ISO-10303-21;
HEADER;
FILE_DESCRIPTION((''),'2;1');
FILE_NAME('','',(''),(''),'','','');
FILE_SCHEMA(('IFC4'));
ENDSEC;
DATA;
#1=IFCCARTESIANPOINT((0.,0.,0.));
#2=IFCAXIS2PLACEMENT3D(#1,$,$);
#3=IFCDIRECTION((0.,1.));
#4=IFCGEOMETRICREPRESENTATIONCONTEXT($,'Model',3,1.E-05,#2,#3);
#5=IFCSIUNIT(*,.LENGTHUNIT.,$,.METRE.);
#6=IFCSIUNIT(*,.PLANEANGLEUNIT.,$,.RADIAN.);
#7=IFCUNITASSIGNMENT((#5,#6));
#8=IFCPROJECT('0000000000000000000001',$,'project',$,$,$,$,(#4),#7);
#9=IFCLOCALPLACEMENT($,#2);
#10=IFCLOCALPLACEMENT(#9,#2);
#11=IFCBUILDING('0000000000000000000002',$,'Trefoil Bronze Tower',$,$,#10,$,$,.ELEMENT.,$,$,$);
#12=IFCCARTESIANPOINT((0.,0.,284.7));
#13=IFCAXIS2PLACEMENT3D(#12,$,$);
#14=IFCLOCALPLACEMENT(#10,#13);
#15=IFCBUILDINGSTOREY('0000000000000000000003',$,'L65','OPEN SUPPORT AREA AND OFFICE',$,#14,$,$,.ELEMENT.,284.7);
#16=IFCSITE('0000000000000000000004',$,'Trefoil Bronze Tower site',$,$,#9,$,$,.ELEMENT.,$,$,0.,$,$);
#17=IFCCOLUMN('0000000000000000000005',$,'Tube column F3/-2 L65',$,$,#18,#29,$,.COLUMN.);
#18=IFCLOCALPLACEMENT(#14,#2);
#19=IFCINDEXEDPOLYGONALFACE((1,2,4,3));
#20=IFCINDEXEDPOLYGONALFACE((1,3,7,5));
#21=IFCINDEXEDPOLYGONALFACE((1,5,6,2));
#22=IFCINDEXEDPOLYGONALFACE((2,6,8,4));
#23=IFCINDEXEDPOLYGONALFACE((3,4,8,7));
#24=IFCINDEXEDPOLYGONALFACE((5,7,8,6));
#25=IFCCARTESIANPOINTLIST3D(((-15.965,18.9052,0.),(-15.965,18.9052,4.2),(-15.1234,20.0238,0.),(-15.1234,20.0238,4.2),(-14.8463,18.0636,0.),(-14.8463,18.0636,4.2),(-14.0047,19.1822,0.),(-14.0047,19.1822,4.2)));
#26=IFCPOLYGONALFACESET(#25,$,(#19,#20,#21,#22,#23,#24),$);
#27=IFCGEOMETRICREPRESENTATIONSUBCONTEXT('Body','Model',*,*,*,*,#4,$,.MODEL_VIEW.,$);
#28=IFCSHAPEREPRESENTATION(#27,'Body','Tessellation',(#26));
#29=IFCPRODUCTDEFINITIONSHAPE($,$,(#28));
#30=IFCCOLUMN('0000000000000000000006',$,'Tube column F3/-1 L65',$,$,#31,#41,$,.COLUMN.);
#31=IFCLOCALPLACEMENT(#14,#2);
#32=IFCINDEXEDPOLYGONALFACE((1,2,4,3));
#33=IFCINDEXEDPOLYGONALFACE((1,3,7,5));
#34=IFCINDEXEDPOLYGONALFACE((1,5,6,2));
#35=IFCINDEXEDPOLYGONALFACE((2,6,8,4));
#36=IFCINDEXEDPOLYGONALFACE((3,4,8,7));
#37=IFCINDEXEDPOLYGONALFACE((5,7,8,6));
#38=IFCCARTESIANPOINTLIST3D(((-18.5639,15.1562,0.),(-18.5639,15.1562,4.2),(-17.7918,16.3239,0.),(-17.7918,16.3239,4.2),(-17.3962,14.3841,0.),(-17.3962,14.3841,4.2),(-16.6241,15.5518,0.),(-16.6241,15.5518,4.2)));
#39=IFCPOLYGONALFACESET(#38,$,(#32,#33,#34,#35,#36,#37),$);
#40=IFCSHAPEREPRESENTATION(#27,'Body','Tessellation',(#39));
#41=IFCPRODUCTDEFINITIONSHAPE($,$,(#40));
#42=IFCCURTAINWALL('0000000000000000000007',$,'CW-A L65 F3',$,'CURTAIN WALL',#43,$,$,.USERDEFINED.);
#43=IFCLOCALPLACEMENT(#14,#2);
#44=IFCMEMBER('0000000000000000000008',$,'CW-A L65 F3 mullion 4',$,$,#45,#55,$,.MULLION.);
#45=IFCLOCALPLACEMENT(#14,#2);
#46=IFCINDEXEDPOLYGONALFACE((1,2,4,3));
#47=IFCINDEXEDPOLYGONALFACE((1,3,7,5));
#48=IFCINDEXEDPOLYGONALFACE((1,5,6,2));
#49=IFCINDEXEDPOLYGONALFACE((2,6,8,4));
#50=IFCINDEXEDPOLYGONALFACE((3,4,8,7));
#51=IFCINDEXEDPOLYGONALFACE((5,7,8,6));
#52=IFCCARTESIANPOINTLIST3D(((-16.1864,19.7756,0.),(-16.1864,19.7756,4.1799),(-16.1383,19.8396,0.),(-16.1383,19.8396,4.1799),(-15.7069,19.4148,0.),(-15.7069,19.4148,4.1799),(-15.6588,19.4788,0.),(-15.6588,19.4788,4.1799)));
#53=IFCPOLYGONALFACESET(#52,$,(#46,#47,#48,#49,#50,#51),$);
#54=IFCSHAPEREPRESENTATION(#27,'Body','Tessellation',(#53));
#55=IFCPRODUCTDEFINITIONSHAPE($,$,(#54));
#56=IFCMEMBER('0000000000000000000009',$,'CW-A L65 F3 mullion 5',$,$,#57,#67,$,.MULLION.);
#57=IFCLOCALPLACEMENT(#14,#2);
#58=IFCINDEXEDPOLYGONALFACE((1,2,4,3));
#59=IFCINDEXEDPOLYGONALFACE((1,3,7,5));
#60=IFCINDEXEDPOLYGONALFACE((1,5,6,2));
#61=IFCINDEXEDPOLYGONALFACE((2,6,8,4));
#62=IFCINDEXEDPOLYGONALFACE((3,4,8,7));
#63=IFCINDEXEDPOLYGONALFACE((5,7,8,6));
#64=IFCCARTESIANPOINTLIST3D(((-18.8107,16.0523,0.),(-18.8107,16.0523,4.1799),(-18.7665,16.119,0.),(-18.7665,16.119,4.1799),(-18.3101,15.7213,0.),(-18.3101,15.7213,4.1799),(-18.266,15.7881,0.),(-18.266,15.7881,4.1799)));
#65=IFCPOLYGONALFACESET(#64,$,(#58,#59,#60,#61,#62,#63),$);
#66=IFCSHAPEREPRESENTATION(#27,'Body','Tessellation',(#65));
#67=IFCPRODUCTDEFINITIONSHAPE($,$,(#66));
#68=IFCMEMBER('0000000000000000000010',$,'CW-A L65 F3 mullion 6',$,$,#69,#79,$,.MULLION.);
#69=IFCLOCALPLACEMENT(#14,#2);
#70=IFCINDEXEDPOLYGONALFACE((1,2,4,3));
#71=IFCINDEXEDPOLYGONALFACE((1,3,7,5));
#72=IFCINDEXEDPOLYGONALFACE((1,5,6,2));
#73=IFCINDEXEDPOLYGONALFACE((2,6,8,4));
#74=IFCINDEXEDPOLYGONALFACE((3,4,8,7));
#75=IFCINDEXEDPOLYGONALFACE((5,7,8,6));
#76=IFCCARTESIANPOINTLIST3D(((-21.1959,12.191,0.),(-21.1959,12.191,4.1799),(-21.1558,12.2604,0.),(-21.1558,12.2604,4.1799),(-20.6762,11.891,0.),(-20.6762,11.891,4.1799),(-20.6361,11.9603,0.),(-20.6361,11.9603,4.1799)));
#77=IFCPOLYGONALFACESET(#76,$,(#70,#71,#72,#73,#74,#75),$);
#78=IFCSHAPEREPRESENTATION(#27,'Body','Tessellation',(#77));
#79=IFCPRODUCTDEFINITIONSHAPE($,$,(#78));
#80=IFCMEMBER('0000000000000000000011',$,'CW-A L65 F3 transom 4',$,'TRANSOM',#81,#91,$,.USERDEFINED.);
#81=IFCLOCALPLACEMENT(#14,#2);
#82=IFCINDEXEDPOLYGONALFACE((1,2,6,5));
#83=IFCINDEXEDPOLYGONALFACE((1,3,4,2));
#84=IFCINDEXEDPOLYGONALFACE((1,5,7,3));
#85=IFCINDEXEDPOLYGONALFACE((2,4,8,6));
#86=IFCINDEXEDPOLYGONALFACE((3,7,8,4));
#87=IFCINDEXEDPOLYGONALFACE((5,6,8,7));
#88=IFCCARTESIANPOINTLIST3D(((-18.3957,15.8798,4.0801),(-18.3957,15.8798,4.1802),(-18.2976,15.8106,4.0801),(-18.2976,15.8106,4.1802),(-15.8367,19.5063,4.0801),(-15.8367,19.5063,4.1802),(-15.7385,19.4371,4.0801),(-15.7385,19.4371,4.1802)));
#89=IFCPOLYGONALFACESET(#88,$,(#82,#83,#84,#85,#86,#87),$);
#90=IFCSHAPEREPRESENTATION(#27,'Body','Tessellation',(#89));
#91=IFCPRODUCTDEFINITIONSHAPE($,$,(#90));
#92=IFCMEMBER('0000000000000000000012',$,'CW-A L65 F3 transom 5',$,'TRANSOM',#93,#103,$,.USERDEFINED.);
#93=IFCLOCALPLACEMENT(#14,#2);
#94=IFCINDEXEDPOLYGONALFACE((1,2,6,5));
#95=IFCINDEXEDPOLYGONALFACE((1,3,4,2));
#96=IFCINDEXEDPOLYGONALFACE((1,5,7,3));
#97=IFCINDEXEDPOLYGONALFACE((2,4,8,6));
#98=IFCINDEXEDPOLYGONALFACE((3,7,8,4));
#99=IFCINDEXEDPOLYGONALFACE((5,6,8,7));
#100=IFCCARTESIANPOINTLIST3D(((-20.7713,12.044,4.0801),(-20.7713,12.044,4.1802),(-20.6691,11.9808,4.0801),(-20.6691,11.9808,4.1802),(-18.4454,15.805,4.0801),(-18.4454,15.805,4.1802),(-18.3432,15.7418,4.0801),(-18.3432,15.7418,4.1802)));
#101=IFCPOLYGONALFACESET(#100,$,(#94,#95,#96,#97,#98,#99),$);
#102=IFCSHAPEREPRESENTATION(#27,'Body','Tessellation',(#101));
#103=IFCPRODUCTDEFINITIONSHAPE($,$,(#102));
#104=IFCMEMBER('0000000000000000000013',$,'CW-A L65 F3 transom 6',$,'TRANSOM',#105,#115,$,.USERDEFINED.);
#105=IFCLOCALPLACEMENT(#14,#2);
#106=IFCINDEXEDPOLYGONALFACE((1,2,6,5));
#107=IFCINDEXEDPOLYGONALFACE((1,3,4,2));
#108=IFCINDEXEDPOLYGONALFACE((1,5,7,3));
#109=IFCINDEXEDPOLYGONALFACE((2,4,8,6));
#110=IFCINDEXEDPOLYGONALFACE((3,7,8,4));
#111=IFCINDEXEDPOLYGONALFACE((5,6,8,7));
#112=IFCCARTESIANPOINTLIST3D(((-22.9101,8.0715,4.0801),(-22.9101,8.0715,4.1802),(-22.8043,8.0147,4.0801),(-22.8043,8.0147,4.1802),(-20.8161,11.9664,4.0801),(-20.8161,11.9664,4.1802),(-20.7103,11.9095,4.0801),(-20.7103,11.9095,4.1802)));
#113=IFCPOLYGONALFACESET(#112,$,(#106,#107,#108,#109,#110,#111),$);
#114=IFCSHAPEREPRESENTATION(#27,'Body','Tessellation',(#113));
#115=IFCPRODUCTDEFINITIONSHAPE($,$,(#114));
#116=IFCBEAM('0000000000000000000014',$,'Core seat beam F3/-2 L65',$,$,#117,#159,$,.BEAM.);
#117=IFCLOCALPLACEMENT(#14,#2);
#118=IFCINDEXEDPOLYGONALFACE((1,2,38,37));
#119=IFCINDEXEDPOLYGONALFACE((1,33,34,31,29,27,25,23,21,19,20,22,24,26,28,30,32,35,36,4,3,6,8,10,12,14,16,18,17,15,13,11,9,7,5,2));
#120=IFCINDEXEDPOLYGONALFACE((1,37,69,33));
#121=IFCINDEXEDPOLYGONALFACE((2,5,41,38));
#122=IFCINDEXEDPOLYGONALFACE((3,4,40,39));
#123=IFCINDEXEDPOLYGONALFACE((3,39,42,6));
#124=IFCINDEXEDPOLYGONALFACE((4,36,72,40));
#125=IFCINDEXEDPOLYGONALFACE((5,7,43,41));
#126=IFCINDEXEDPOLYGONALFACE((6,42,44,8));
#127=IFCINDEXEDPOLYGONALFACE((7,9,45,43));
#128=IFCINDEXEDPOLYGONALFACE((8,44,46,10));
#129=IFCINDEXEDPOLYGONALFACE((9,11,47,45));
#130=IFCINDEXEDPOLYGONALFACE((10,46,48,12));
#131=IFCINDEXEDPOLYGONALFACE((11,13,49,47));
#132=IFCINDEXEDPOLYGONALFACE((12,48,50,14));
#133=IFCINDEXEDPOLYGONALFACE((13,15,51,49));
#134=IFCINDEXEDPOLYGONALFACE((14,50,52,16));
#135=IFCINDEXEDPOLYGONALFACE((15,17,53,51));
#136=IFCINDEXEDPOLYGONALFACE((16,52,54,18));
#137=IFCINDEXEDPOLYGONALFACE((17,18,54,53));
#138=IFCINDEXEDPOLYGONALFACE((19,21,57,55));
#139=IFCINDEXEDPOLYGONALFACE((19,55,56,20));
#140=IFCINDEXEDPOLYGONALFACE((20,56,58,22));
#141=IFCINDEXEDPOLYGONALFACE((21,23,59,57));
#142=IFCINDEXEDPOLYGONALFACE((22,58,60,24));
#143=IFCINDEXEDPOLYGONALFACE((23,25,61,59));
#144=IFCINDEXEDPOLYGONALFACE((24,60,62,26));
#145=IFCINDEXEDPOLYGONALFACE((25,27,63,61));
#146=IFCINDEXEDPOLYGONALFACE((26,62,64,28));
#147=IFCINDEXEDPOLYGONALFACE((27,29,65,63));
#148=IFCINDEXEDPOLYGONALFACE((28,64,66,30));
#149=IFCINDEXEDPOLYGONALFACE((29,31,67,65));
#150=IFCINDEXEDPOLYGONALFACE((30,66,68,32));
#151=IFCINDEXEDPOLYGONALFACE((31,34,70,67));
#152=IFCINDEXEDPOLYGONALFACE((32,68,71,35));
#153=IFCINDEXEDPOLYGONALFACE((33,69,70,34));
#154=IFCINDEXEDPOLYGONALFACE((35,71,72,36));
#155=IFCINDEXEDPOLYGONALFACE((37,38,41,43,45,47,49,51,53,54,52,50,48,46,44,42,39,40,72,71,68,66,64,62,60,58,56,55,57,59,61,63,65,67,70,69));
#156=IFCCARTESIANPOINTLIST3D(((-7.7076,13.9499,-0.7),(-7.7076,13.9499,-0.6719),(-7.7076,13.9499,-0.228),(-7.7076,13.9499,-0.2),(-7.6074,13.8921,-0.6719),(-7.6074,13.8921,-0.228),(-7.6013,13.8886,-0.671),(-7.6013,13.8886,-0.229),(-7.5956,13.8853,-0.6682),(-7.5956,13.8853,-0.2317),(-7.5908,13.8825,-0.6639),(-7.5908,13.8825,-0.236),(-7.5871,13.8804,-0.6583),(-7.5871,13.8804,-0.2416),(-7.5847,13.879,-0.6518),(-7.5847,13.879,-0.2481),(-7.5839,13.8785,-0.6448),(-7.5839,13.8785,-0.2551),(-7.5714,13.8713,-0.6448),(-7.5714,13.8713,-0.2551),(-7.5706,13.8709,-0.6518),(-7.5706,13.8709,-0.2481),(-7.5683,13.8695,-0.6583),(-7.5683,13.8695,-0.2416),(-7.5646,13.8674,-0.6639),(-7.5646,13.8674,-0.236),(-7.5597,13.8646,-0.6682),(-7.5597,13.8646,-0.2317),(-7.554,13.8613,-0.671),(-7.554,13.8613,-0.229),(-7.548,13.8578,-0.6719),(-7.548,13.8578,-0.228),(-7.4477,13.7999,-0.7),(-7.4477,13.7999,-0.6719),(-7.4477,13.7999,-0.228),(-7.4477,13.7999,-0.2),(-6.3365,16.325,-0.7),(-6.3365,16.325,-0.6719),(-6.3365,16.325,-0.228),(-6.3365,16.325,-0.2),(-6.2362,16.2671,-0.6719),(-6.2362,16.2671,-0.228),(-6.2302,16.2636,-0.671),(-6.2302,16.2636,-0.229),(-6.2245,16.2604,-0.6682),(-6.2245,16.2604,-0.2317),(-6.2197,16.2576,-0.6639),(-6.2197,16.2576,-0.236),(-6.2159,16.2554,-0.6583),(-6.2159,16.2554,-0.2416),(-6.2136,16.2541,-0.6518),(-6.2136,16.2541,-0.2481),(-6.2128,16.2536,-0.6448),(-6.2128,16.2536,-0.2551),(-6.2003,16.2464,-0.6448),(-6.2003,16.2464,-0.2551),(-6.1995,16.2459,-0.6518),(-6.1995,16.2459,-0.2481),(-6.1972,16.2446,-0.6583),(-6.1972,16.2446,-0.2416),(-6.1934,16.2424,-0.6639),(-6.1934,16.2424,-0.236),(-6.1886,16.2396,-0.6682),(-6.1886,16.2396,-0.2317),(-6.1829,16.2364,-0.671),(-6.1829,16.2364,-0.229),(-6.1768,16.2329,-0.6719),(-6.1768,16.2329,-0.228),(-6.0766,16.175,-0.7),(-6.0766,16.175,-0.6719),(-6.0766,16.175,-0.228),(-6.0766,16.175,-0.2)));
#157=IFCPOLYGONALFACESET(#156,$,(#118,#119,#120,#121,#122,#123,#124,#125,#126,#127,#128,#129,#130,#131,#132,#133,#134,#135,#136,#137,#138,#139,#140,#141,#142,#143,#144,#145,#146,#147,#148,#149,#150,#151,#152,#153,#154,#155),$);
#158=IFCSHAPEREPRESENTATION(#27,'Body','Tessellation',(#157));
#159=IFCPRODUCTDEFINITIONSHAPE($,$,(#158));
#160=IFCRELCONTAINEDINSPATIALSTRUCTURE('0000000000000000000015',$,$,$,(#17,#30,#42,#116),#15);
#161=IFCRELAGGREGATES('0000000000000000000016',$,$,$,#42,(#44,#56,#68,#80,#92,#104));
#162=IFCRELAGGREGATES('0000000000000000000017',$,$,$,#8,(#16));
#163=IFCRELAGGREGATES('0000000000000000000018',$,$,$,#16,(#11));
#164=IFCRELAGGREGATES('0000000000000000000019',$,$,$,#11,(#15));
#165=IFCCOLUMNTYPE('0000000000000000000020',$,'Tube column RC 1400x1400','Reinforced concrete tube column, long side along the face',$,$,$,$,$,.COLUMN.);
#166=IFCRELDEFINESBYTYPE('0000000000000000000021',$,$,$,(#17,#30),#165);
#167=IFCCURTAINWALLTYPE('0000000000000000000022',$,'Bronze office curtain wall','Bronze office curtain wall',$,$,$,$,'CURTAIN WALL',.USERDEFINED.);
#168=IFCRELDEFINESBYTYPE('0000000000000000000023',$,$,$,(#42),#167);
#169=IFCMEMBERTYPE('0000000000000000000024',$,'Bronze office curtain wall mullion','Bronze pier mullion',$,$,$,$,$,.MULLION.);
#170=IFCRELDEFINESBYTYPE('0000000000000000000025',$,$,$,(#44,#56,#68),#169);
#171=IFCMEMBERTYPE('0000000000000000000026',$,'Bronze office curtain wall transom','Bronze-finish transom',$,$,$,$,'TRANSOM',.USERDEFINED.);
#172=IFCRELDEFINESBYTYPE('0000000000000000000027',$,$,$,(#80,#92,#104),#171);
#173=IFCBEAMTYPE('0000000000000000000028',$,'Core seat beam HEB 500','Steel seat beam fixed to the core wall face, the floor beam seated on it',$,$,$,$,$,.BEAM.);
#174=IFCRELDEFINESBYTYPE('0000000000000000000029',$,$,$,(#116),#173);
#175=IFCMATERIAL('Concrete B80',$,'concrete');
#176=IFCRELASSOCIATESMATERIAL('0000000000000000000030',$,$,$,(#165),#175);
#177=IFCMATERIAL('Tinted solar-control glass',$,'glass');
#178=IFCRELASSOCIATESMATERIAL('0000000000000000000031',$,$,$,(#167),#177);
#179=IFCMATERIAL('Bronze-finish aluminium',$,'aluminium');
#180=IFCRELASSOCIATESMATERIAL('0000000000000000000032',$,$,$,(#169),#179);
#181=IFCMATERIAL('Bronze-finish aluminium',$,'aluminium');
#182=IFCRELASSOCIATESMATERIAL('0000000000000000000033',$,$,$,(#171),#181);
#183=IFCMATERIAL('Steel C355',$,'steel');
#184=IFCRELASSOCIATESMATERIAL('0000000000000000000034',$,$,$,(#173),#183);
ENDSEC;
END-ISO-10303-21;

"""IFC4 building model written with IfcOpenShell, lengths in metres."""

from ifc_helpers import new_model, si_unit, direction, frame, origin, origin_2d, place, context, subcontext, project, spatial, rectangle, i_section, extrude, material, material_profile, profile_set, type_object, element, aggregate, save


model = new_model("IFC4")

# Units and contexts
model_context = context("Model", 3, precision=1e-05, world=origin(), true_north=direction((0.0, 1.0)))
body_context = subcontext(model_context, "Body", "Model", "MODEL_VIEW")
ifc_project = project(units=[si_unit("LENGTHUNIT", "METRE"), si_unit("PLANEANGLEUNIT", "RADIAN")], contexts=[model_context])

# Site, building, storey
site_placement = place(None, origin())
site = spatial("IfcSite", under=ifc_project, at=site_placement, Name="Trefoil Bronze Tower site", CompositionType="ELEMENT", RefElevation=0.0)
building_placement = place(site_placement, origin())
building = spatial("IfcBuilding", under=site, at=building_placement, Name="Trefoil Bronze Tower", CompositionType="ELEMENT")
storey_placement = place(building_placement, frame((0.0, 0.0, 284.7)))
storey = spatial("IfcBuildingStorey", under=building, at=storey_placement, Name="L65", Description="OPEN SUPPORT AREA AND OFFICE", CompositionType="ELEMENT", Elevation=284.7)

# Columns
ifc_material_1 = material(Name="Concrete B80", Category="concrete")
ifc_material_profile_1 = material_profile(ifc_material_1, rectangle(XDim=1.3999, YDim=1.3999, at=origin_2d()), Name="RC 1400x1400")
ifc_profile_set_1 = profile_set([ifc_material_profile_1], Name="Concrete B80")
column_type = type_object("IfcColumnType", Name="Tube column RC 1400x1400", Description="Reinforced concrete tube column, long side along the face", PredefinedType="COLUMN", material=ifc_profile_set_1)
for number, where, z_axis, x_axis, name in (
    (1, (-14.9849, 19.0437, 0.0), (0.0, 0.0, 1.0), (-0.601203, -0.799096, 0.0), "Tube column F3/-2 L65"),
    (2, (-17.594, 15.354, 0.0), (0.0, 0.0, 1.0), (-0.551524, -0.834159, 0.0), "Tube column F3/-1 L65"),
):
    element("IfcColumn", number, at=place(storey_placement, frame(where, z_axis=z_axis, x_axis=x_axis)), inside=storey, type_object=column_type, Name=name, PredefinedType="COLUMN", context=body_context, shape_type="SweptSolid", body=[
        extrude(rectangle(XDim=1.3999, YDim=1.3999, at=origin_2d()), origin(), (0.0, 0.0, 1.0), 4.2),
    ])

# Curtain wall, members
ifc_material_2 = material(Name="Tinted solar-control glass", Category="glass")
curtain_wall_type = type_object("IfcCurtainWallType", Name="Bronze office curtain wall", Description="Bronze office curtain wall", ElementType="CURTAIN WALL", PredefinedType="USERDEFINED", material=ifc_material_2)
curtain_wall_placement = place(storey_placement, origin())
curtain_wall = element("IfcCurtainWall", 3, at=curtain_wall_placement, inside=storey, type_object=curtain_wall_type, Name="CW-A L65 F3", ObjectType="CURTAIN WALL", PredefinedType="USERDEFINED")
ifc_material_3 = material(Name="Bronze-finish aluminium", Category="aluminium")
ifc_material_profile_2 = material_profile(ifc_material_3, rectangle(XDim=0.6001, YDim=0.0801, at=origin_2d()), Name="CW-A mullion")
ifc_profile_set_2 = profile_set([ifc_material_profile_2], Name="Bronze-finish aluminium")
member_type_1 = type_object("IfcMemberType", Name="Bronze office curtain wall mullion", Description="Bronze pier mullion", PredefinedType="MULLION", material=ifc_profile_set_2)
member_1_placement = place(storey_placement, frame((-15.9226, 19.6272, 0.0), z_axis=(0.0, 0.0, 1.0), x_axis=(0.799096, -0.601203, 0.0)))
member_1 = element("IfcMember", 4, at=member_1_placement, type_object=member_type_1, Name="CW-A L65 F3 mullion 4", PredefinedType="MULLION", context=body_context, shape_type="SweptSolid", body=[
    extrude(rectangle(XDim=0.6001, YDim=0.0801, at=origin_2d()), origin(), (0.0, 0.0, 1.0), 4.1799),
])
member_2_placement = place(storey_placement, frame((-18.5383, 15.9202, 0.0), z_axis=(0.0, 0.0, 1.0), x_axis=(0.834159, -0.551524, 0.0)))
member_2 = element("IfcMember", 5, at=member_2_placement, type_object=member_type_1, Name="CW-A L65 F3 mullion 5", PredefinedType="MULLION", context=body_context, shape_type="SweptSolid", body=[
    extrude(rectangle(XDim=0.6001, YDim=0.0801, at=origin_2d()), origin(), (0.0, 0.0, 1.0), 4.1799),
])
member_3_placement = place(storey_placement, frame((-20.916, 12.0757, 0.0), z_axis=(0.0, 0.0, 1.0), x_axis=(0.866025, -0.5, 0.0)))
member_3 = element("IfcMember", 6, at=member_3_placement, type_object=member_type_1, Name="CW-A L65 F3 mullion 6", PredefinedType="MULLION", context=body_context, shape_type="SweptSolid", body=[
    extrude(rectangle(XDim=0.6001, YDim=0.0801, at=origin_2d()), origin(), (0.0, 0.0, 1.0), 4.1799),
])
ifc_material_4 = material(Name="Bronze-finish aluminium", Category="aluminium")
ifc_material_profile_3 = material_profile(ifc_material_4, rectangle(XDim=0.1201, YDim=0.1001, at=origin_2d()), Name="CW-A transom")
ifc_profile_set_3 = profile_set([ifc_material_profile_3], Name="Bronze-finish aluminium")
member_type_2 = type_object("IfcMemberType", Name="Bronze office curtain wall transom", Description="Bronze-finish transom", ElementType="TRANSOM", PredefinedType="USERDEFINED", material=ifc_profile_set_3)
member_4_placement = place(storey_placement, frame((-15.7876, 19.4717, 4.1301), z_axis=(-0.576567, -0.81705, 0.0), x_axis=(0.81705, -0.576567, 0.0)))
member_4 = element("IfcMember", 7, at=member_4_placement, type_object=member_type_2, Name="CW-A L65 F3 transom 4", ObjectType="TRANSOM", PredefinedType="USERDEFINED", context=body_context, shape_type="SweptSolid", body=[
    extrude(rectangle(XDim=0.1201, YDim=0.1001, at=origin_2d()), origin(), (0.0, 0.0, 1.0), 4.4385),
])
member_5_placement = place(storey_placement, frame((-18.3943, 15.7734, 4.1301), z_axis=(-0.525978, -0.850498, 0.0), x_axis=(0.850498, -0.525978, 0.0)))
member_5 = element("IfcMember", 8, at=member_5_placement, type_object=member_type_2, Name="CW-A L65 F3 transom 5", ObjectType="TRANSOM", PredefinedType="USERDEFINED", context=body_context, shape_type="SweptSolid", body=[
    extrude(rectangle(XDim=0.1201, YDim=0.1001, at=origin_2d()), origin(), (0.0, 0.0, 1.0), 4.4221),
])
member_6_placement = place(storey_placement, frame((-20.7632, 11.938, 4.1301), z_axis=(-0.47354, -0.880772, 0.0), x_axis=(0.880772, -0.47354, 0.0)))
member_6 = element("IfcMember", 9, at=member_6_placement, type_object=member_type_2, Name="CW-A L65 F3 transom 6", ObjectType="TRANSOM", PredefinedType="USERDEFINED", context=body_context, shape_type="SweptSolid", body=[
    extrude(rectangle(XDim=0.1201, YDim=0.1001, at=origin_2d()), origin(), (0.0, 0.0, 1.0), 4.4221),
])

# Beam
ifc_material_5 = material(Name="Steel C355", Category="steel")
ifc_material_profile_4 = material_profile(ifc_material_5, i_section(OverallWidth=0.3, OverallDepth=0.5, WebThickness=0.0144, FlangeThickness=0.0281, FilletRadius=0.0271, at=origin_2d()), Name="HEB 500")
ifc_profile_set_4 = profile_set([ifc_material_profile_4], Name="Steel C355")
beam_type_1 = type_object("IfcBeamType", Name="Core seat beam HEB 500", Description="Steel seat beam fixed to the core wall face, the floor beam seated on it", PredefinedType="BEAM", material=ifc_profile_set_4)
beam_1_placement = place(storey_placement, frame((-6.2065, 16.25, -0.45), z_axis=(-0.499969, -0.866043, 0.0), x_axis=(0.866043, -0.499969, 0.0)))
element("IfcBeam", 10, at=beam_1_placement, inside=storey, type_object=beam_type_1, Name="Core seat beam F3/-2 L65", PredefinedType="BEAM", context=body_context, shape_type="SweptSolid", body=[
    extrude(i_section(OverallWidth=0.3, OverallDepth=0.5, WebThickness=0.0144, FlangeThickness=0.0281, FilletRadius=0.0271, at=origin_2d()), origin(), (0.0, 0.0, 1.0), 2.7424),
])

aggregate(curtain_wall, [member_1, member_2, member_3, member_4, member_5, member_6])

save(model, "model.ifc")
